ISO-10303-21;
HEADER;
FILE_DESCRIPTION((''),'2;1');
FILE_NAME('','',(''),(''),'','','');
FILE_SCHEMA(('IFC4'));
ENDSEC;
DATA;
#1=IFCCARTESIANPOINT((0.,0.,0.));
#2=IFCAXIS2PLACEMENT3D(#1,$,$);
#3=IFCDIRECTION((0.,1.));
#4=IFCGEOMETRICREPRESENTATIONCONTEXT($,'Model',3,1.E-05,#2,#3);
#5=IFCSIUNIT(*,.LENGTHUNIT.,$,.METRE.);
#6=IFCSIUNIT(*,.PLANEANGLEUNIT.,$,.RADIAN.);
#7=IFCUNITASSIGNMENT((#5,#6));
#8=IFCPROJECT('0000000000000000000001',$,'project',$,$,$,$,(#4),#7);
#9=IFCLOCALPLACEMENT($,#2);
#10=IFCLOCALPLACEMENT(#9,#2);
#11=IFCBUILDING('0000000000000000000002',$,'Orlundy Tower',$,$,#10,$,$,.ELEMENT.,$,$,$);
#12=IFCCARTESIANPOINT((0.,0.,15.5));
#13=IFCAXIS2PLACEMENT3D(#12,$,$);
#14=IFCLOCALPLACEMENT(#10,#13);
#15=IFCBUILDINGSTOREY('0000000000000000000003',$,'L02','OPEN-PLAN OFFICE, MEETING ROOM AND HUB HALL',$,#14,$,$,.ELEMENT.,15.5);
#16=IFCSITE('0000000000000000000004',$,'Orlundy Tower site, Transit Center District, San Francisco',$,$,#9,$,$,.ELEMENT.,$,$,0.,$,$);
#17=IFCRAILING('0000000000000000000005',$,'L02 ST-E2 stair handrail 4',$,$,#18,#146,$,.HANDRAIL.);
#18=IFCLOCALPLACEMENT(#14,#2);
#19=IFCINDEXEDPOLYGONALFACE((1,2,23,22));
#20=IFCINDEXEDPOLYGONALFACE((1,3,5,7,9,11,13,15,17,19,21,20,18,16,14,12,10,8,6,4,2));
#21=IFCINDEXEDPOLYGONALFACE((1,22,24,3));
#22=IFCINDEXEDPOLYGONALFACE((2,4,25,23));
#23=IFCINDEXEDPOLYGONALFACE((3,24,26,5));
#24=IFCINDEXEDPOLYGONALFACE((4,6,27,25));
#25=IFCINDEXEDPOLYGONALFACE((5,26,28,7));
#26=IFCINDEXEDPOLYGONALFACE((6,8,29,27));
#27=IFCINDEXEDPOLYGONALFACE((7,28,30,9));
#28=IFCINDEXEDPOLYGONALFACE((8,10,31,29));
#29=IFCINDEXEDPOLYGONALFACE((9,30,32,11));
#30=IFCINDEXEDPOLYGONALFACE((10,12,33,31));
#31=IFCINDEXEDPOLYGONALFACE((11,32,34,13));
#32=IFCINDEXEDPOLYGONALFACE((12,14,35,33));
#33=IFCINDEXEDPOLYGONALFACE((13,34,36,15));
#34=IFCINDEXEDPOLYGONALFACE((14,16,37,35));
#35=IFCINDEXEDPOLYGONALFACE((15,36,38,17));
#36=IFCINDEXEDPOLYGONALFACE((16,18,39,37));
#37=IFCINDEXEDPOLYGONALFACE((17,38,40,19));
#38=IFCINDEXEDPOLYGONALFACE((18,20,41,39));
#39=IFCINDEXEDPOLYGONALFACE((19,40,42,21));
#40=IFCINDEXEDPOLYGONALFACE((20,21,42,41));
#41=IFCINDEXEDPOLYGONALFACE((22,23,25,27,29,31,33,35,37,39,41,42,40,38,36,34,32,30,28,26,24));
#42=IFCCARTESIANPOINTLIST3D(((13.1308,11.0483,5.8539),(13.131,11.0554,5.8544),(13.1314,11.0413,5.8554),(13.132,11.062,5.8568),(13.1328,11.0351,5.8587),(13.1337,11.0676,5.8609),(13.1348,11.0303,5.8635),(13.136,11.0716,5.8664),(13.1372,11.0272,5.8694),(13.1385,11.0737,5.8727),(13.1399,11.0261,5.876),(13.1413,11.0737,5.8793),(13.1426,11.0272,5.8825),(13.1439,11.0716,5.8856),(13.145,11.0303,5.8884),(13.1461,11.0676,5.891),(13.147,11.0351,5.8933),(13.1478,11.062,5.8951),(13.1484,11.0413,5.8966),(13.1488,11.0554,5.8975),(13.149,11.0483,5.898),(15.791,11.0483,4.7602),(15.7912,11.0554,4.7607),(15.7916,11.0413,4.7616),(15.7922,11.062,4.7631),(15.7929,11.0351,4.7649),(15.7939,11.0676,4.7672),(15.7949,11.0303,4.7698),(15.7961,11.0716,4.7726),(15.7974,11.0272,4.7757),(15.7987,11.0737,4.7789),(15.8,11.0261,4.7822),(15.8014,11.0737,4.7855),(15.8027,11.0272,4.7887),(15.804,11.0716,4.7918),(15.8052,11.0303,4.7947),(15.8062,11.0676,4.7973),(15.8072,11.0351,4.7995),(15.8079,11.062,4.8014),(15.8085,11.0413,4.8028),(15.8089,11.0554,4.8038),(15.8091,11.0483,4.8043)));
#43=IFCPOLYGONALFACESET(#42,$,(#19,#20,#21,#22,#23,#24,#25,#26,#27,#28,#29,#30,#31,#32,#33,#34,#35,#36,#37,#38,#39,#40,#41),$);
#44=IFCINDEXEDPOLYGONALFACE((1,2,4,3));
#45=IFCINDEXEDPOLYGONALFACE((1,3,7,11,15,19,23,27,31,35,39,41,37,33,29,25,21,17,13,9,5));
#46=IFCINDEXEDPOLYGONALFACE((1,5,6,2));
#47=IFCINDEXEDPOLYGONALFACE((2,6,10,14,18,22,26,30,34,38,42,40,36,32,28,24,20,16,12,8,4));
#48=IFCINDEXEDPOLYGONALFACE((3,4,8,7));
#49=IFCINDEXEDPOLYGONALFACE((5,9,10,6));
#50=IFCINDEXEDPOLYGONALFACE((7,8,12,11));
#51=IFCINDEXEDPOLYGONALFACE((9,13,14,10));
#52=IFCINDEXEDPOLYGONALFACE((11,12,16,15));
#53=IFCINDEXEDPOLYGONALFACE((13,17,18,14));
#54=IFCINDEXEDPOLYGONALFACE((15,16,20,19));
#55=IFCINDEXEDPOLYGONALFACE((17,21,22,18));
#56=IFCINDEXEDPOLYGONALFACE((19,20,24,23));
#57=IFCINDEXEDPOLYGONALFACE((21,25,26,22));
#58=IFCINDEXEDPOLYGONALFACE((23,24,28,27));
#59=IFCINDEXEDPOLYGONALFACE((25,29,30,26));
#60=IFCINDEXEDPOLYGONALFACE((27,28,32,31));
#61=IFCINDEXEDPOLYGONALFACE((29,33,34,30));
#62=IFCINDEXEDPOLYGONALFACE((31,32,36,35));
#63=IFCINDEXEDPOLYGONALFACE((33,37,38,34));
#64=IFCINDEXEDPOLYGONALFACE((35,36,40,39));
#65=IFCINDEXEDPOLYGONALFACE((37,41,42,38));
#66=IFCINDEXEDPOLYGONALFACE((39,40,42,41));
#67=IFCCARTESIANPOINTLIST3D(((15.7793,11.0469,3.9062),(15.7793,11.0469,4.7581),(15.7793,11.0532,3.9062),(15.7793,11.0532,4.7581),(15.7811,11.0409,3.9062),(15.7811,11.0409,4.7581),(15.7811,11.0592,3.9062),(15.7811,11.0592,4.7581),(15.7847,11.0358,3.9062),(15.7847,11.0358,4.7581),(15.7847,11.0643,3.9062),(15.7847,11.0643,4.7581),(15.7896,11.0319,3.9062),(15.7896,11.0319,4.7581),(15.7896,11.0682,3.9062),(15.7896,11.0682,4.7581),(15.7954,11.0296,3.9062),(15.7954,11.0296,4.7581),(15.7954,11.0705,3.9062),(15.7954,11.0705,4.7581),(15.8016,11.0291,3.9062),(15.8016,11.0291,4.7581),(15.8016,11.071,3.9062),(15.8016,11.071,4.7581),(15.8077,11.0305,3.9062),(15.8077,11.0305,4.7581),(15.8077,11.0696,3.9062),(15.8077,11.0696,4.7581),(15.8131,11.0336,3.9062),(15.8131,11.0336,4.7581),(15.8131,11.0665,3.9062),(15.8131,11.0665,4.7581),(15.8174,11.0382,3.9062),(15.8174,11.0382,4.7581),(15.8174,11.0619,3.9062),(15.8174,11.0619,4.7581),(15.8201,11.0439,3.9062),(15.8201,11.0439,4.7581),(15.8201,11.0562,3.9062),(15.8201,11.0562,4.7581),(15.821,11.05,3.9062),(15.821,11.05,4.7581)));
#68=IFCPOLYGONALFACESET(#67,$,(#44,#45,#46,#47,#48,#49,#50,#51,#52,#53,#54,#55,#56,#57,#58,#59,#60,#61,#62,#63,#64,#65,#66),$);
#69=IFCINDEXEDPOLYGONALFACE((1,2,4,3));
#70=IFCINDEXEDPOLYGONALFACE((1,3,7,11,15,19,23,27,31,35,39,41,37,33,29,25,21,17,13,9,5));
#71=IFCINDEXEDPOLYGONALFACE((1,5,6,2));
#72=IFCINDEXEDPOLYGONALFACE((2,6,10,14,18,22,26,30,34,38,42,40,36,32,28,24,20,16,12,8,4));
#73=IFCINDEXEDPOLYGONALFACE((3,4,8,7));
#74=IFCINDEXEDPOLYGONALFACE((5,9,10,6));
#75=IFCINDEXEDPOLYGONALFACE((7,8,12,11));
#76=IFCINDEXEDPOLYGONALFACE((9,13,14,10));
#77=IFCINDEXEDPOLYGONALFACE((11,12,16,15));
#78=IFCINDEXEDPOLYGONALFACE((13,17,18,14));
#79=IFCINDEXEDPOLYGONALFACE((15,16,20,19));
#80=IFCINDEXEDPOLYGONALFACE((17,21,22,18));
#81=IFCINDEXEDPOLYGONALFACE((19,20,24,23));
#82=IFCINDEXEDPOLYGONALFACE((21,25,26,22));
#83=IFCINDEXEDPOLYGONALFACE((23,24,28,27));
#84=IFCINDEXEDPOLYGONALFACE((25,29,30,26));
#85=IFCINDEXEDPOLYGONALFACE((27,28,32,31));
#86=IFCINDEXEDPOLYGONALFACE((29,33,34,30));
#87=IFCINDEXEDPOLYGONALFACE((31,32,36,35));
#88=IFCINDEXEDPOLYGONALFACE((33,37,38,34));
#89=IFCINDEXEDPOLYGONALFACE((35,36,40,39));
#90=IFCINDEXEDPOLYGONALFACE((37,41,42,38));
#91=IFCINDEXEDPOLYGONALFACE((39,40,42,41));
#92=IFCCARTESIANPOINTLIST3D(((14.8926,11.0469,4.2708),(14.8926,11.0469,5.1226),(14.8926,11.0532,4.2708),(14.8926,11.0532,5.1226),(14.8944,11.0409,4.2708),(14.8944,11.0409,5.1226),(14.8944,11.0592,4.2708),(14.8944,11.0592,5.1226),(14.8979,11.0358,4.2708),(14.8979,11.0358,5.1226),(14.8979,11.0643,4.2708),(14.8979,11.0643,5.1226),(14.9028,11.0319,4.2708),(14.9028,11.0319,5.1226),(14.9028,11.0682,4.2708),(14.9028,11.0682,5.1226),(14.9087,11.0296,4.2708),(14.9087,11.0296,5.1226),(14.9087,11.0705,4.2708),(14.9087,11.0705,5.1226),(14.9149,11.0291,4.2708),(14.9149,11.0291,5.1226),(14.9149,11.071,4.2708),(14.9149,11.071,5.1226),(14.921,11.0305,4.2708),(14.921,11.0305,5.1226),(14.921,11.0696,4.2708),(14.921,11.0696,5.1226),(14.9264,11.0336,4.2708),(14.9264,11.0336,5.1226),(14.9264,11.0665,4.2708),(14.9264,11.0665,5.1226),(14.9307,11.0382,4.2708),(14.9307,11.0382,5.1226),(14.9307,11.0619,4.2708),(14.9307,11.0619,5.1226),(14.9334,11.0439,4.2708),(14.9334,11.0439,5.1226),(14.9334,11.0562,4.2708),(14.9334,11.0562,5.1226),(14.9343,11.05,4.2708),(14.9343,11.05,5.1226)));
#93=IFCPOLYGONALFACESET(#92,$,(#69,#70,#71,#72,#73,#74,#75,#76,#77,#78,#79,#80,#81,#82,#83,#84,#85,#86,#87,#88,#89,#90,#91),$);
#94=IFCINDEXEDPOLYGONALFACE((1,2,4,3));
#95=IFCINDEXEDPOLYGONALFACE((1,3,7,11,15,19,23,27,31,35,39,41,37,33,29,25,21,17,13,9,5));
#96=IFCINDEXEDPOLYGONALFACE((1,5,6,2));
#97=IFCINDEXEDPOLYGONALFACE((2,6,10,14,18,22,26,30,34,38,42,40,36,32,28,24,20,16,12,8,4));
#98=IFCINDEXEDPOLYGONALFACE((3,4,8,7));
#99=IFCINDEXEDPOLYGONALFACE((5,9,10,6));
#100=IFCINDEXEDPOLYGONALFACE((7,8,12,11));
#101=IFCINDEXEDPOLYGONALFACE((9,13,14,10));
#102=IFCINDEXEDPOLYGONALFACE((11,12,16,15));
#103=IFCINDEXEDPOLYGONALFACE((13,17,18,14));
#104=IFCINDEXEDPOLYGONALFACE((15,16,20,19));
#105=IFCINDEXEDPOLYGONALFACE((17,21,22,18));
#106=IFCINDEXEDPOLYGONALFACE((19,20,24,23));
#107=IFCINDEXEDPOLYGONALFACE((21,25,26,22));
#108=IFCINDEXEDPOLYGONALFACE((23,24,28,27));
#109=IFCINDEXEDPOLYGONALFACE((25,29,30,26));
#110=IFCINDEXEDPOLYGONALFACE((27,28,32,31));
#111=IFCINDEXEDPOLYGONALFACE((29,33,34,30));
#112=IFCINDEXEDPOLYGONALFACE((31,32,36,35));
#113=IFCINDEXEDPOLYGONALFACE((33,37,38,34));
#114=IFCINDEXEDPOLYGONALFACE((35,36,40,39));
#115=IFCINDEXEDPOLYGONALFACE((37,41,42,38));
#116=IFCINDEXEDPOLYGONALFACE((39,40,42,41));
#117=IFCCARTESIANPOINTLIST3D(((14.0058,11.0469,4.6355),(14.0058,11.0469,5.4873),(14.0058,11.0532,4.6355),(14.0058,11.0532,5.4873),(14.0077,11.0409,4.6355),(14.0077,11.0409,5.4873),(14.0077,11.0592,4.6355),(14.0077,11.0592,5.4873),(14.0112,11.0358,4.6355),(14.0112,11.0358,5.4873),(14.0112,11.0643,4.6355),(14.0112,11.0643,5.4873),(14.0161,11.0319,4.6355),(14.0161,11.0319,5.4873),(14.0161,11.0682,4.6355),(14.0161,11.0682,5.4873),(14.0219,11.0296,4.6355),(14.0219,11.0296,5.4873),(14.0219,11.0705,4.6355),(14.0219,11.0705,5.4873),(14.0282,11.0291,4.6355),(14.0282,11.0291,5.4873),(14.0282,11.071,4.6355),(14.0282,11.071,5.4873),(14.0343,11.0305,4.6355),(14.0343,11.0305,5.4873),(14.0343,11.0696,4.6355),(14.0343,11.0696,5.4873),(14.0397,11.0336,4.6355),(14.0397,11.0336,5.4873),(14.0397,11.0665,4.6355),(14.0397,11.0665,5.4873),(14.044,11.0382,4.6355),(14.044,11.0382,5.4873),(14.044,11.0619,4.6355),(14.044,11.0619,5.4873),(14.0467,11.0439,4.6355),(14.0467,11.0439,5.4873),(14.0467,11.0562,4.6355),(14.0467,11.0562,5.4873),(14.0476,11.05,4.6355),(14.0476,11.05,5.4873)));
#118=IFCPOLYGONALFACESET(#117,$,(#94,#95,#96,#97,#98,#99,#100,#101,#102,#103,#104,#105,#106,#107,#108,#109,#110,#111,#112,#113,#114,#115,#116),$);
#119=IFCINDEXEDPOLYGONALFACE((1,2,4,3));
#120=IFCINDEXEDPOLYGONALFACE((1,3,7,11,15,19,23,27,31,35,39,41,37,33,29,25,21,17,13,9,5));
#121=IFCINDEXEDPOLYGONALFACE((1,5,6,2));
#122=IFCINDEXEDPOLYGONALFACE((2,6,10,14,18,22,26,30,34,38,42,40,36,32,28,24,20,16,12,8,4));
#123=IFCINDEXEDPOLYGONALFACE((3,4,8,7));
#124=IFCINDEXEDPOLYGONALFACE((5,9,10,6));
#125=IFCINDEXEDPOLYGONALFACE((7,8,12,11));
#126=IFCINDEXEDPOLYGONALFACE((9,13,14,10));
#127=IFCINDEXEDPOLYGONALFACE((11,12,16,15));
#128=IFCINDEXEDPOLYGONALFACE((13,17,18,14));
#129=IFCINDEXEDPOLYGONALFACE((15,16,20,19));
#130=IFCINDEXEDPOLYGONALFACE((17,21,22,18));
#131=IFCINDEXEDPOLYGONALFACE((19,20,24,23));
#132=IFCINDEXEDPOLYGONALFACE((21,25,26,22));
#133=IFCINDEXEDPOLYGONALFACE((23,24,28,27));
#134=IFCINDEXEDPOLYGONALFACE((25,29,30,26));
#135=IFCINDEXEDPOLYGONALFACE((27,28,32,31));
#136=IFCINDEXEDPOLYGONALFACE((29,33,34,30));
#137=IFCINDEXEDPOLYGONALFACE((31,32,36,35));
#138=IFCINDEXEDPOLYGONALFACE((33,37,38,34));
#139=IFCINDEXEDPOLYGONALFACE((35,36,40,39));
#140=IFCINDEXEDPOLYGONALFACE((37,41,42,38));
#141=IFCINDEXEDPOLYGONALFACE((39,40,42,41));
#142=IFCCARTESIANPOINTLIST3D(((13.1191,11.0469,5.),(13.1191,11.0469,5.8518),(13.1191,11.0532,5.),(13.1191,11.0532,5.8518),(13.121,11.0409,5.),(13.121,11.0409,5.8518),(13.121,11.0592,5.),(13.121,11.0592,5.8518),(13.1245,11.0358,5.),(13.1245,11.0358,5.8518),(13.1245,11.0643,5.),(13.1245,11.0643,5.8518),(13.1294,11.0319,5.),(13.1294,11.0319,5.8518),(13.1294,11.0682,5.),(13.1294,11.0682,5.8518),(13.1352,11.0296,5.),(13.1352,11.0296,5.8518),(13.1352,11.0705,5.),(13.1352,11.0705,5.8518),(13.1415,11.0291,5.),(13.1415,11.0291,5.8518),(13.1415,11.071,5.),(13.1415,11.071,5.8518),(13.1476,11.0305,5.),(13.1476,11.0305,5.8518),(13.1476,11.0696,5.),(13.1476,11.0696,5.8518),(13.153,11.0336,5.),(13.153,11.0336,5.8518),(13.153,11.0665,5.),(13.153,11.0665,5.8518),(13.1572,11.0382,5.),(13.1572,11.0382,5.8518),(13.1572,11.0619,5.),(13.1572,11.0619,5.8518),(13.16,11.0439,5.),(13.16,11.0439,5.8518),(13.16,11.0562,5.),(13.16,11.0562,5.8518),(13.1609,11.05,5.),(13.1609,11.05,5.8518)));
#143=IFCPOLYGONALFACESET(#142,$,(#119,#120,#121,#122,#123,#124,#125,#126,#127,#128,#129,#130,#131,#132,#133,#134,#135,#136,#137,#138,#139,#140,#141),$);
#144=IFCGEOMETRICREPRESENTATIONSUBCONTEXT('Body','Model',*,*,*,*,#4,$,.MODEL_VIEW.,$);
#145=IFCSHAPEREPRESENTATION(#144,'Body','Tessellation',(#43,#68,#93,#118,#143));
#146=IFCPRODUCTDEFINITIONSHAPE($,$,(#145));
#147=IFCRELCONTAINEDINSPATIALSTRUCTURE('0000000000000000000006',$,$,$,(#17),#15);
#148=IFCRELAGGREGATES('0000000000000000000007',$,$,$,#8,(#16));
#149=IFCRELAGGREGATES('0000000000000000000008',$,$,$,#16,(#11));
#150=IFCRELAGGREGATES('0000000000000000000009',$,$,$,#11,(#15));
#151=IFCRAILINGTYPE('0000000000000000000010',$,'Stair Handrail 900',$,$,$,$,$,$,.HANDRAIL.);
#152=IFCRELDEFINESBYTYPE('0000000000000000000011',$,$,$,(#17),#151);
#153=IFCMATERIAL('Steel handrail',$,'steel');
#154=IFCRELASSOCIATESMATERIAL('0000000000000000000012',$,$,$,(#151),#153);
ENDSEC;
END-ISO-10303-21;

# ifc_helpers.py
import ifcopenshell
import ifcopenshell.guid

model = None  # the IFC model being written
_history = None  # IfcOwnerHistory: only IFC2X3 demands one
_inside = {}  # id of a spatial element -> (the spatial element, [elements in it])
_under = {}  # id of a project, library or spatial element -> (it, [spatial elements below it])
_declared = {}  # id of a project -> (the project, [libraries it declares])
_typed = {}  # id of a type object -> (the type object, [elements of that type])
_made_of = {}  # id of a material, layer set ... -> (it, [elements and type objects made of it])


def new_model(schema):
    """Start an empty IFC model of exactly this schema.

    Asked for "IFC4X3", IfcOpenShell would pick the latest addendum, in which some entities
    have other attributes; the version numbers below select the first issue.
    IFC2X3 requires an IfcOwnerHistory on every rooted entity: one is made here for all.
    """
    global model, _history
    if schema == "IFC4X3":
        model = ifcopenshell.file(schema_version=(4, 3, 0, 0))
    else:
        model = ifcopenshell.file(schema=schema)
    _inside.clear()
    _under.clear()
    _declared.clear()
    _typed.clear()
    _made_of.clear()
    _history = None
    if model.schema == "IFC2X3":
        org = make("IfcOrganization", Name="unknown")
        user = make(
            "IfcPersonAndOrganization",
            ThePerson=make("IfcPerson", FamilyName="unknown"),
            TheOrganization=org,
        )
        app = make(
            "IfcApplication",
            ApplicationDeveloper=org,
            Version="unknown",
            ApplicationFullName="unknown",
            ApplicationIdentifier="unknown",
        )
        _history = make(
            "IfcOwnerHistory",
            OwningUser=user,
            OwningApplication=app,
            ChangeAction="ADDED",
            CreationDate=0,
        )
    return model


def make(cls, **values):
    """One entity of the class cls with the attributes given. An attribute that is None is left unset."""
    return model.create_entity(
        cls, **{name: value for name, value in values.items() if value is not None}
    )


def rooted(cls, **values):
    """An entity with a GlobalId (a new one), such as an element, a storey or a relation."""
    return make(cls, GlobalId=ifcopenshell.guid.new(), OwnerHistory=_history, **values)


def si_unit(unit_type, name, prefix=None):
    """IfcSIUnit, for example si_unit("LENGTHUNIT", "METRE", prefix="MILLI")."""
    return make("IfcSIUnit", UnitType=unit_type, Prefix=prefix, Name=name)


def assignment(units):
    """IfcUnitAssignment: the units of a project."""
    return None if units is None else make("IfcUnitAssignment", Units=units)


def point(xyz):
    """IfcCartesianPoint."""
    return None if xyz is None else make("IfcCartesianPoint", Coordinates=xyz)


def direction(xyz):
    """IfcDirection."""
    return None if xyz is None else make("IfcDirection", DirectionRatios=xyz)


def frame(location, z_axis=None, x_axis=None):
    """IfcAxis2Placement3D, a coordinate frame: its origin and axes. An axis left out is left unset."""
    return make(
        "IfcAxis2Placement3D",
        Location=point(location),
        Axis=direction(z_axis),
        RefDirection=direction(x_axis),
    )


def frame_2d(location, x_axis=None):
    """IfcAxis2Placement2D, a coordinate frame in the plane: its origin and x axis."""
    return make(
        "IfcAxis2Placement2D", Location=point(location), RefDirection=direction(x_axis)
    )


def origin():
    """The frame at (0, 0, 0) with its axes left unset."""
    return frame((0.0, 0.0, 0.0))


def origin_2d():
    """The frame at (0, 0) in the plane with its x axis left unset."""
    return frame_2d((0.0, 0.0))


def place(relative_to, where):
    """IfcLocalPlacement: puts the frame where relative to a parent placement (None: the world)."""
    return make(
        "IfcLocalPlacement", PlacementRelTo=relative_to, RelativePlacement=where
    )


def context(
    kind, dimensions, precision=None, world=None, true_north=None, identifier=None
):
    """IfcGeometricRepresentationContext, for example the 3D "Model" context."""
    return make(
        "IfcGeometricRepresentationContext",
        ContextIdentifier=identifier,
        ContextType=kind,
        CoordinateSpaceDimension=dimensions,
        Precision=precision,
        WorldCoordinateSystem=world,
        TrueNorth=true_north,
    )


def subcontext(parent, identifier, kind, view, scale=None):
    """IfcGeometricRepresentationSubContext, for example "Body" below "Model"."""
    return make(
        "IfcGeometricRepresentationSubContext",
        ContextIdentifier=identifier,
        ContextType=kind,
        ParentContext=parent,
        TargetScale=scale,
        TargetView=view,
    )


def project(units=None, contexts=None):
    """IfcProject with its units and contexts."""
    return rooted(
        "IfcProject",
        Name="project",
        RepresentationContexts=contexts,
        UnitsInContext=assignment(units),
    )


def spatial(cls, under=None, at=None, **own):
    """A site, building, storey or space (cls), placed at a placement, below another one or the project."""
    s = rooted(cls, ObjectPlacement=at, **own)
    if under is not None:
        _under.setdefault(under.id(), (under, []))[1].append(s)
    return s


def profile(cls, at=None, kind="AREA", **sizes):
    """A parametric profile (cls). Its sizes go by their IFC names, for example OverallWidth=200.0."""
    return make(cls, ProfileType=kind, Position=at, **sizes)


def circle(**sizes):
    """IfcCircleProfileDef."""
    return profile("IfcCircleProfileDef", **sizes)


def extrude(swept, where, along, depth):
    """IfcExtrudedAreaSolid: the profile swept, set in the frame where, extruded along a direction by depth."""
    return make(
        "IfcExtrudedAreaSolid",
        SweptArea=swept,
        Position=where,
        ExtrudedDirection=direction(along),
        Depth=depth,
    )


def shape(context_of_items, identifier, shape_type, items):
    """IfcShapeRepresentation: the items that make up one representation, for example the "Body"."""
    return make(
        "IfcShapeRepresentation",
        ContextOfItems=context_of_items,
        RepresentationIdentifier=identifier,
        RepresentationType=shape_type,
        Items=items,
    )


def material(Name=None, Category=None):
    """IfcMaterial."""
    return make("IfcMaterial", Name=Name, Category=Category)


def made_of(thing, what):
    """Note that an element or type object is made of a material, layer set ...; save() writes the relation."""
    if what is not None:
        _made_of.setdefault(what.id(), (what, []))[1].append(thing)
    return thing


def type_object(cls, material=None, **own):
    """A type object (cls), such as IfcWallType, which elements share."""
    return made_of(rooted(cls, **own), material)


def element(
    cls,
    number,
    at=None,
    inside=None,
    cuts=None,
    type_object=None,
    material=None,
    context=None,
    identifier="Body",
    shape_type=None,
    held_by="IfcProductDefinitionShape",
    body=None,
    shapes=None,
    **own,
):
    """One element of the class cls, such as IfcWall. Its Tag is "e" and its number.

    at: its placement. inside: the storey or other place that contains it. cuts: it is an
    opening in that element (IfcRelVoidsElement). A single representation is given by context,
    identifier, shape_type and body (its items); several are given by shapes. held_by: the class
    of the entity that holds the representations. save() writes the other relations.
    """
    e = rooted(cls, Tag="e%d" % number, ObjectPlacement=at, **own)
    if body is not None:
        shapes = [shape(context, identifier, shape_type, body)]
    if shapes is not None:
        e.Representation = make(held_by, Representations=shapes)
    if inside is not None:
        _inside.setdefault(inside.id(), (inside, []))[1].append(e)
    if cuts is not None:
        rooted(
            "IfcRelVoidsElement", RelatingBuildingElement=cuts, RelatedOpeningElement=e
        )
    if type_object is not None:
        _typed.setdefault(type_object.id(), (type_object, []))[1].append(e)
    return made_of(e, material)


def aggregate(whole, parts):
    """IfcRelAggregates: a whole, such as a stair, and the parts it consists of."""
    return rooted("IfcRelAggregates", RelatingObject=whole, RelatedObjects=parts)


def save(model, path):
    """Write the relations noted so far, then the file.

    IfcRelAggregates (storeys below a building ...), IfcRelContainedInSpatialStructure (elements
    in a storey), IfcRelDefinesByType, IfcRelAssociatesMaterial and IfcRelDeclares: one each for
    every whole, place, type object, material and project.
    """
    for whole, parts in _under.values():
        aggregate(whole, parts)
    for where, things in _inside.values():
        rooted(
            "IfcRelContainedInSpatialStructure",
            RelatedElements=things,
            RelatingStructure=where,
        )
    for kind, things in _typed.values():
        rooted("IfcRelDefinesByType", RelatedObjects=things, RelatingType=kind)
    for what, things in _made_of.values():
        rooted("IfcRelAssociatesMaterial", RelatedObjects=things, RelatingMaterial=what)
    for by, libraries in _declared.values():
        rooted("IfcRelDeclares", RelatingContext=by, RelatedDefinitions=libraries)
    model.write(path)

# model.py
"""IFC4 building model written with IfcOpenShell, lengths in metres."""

from ifc_helpers import new_model, si_unit, direction, frame, origin, origin_2d, place, context, subcontext, project, spatial, circle, extrude, material, type_object, element, save


model = new_model("IFC4")

# Units and contexts
model_context = context("Model", 3, precision=1e-05, world=origin(), true_north=direction((0.0, 1.0)))
body_context = subcontext(model_context, "Body", "Model", "MODEL_VIEW")
ifc_project = project(units=[si_unit("LENGTHUNIT", "METRE"), si_unit("PLANEANGLEUNIT", "RADIAN")], contexts=[model_context])

# Site, building, storey
site_placement = place(None, origin())
site = spatial("IfcSite", under=ifc_project, at=site_placement, Name="Orlundy Tower site, Transit Center District, San Francisco", CompositionType="ELEMENT", RefElevation=0.0)
building_placement = place(site_placement, origin())
building = spatial("IfcBuilding", under=site, at=building_placement, Name="Orlundy Tower", CompositionType="ELEMENT")
storey_placement = place(building_placement, frame((0.0, 0.0, 15.5)))
storey = spatial("IfcBuildingStorey", under=building, at=storey_placement, Name="L02", Description="OPEN-PLAN OFFICE, MEETING ROOM AND HUB HALL", CompositionType="ELEMENT", Elevation=15.5)

# Railing
ifc_material_1 = material(Name="Steel handrail", Category="steel")
railing_type = type_object("IfcRailingType", Name="Stair Handrail 900", PredefinedType="HANDRAIL", material=ifc_material_1)
for number, where, name in (
    (1, (15.8, 11.05, 3.9062), "L02 ST-E2 stair handrail 4"),
):
    element("IfcRailing", number, at=place(storey_placement, frame(where)), inside=storey, type_object=railing_type, Name=name, PredefinedType="HANDRAIL", context=body_context, shape_type="SweptSolid", body=[
        extrude(circle(Radius=0.0239, at=origin_2d()), frame((0.0, 0.0, 0.876), z_axis=(-0.924875, 0.0, 0.380272), x_axis=(0.0, -1.0, 0.0)), (0.0, 0.0, 1.0), 2.8762),
        extrude(circle(Radius=0.021, at=origin_2d()), origin(), (0.0, 0.0, 1.0), 0.8518),
        extrude(circle(Radius=0.021, at=origin_2d()), frame((-0.8867, 0.0, 0.3645)), (0.0, 0.0, 1.0), 0.8518),
        extrude(circle(Radius=0.021, at=origin_2d()), frame((-1.7734, 0.0, 0.7292)), (0.0, 0.0, 1.0), 0.8518),
        extrude(circle(Radius=0.021, at=origin_2d()), frame((-2.6602, 0.0, 1.0938)), (0.0, 0.0, 1.0), 0.8518),
    ])

save(model, "model.ifc")
